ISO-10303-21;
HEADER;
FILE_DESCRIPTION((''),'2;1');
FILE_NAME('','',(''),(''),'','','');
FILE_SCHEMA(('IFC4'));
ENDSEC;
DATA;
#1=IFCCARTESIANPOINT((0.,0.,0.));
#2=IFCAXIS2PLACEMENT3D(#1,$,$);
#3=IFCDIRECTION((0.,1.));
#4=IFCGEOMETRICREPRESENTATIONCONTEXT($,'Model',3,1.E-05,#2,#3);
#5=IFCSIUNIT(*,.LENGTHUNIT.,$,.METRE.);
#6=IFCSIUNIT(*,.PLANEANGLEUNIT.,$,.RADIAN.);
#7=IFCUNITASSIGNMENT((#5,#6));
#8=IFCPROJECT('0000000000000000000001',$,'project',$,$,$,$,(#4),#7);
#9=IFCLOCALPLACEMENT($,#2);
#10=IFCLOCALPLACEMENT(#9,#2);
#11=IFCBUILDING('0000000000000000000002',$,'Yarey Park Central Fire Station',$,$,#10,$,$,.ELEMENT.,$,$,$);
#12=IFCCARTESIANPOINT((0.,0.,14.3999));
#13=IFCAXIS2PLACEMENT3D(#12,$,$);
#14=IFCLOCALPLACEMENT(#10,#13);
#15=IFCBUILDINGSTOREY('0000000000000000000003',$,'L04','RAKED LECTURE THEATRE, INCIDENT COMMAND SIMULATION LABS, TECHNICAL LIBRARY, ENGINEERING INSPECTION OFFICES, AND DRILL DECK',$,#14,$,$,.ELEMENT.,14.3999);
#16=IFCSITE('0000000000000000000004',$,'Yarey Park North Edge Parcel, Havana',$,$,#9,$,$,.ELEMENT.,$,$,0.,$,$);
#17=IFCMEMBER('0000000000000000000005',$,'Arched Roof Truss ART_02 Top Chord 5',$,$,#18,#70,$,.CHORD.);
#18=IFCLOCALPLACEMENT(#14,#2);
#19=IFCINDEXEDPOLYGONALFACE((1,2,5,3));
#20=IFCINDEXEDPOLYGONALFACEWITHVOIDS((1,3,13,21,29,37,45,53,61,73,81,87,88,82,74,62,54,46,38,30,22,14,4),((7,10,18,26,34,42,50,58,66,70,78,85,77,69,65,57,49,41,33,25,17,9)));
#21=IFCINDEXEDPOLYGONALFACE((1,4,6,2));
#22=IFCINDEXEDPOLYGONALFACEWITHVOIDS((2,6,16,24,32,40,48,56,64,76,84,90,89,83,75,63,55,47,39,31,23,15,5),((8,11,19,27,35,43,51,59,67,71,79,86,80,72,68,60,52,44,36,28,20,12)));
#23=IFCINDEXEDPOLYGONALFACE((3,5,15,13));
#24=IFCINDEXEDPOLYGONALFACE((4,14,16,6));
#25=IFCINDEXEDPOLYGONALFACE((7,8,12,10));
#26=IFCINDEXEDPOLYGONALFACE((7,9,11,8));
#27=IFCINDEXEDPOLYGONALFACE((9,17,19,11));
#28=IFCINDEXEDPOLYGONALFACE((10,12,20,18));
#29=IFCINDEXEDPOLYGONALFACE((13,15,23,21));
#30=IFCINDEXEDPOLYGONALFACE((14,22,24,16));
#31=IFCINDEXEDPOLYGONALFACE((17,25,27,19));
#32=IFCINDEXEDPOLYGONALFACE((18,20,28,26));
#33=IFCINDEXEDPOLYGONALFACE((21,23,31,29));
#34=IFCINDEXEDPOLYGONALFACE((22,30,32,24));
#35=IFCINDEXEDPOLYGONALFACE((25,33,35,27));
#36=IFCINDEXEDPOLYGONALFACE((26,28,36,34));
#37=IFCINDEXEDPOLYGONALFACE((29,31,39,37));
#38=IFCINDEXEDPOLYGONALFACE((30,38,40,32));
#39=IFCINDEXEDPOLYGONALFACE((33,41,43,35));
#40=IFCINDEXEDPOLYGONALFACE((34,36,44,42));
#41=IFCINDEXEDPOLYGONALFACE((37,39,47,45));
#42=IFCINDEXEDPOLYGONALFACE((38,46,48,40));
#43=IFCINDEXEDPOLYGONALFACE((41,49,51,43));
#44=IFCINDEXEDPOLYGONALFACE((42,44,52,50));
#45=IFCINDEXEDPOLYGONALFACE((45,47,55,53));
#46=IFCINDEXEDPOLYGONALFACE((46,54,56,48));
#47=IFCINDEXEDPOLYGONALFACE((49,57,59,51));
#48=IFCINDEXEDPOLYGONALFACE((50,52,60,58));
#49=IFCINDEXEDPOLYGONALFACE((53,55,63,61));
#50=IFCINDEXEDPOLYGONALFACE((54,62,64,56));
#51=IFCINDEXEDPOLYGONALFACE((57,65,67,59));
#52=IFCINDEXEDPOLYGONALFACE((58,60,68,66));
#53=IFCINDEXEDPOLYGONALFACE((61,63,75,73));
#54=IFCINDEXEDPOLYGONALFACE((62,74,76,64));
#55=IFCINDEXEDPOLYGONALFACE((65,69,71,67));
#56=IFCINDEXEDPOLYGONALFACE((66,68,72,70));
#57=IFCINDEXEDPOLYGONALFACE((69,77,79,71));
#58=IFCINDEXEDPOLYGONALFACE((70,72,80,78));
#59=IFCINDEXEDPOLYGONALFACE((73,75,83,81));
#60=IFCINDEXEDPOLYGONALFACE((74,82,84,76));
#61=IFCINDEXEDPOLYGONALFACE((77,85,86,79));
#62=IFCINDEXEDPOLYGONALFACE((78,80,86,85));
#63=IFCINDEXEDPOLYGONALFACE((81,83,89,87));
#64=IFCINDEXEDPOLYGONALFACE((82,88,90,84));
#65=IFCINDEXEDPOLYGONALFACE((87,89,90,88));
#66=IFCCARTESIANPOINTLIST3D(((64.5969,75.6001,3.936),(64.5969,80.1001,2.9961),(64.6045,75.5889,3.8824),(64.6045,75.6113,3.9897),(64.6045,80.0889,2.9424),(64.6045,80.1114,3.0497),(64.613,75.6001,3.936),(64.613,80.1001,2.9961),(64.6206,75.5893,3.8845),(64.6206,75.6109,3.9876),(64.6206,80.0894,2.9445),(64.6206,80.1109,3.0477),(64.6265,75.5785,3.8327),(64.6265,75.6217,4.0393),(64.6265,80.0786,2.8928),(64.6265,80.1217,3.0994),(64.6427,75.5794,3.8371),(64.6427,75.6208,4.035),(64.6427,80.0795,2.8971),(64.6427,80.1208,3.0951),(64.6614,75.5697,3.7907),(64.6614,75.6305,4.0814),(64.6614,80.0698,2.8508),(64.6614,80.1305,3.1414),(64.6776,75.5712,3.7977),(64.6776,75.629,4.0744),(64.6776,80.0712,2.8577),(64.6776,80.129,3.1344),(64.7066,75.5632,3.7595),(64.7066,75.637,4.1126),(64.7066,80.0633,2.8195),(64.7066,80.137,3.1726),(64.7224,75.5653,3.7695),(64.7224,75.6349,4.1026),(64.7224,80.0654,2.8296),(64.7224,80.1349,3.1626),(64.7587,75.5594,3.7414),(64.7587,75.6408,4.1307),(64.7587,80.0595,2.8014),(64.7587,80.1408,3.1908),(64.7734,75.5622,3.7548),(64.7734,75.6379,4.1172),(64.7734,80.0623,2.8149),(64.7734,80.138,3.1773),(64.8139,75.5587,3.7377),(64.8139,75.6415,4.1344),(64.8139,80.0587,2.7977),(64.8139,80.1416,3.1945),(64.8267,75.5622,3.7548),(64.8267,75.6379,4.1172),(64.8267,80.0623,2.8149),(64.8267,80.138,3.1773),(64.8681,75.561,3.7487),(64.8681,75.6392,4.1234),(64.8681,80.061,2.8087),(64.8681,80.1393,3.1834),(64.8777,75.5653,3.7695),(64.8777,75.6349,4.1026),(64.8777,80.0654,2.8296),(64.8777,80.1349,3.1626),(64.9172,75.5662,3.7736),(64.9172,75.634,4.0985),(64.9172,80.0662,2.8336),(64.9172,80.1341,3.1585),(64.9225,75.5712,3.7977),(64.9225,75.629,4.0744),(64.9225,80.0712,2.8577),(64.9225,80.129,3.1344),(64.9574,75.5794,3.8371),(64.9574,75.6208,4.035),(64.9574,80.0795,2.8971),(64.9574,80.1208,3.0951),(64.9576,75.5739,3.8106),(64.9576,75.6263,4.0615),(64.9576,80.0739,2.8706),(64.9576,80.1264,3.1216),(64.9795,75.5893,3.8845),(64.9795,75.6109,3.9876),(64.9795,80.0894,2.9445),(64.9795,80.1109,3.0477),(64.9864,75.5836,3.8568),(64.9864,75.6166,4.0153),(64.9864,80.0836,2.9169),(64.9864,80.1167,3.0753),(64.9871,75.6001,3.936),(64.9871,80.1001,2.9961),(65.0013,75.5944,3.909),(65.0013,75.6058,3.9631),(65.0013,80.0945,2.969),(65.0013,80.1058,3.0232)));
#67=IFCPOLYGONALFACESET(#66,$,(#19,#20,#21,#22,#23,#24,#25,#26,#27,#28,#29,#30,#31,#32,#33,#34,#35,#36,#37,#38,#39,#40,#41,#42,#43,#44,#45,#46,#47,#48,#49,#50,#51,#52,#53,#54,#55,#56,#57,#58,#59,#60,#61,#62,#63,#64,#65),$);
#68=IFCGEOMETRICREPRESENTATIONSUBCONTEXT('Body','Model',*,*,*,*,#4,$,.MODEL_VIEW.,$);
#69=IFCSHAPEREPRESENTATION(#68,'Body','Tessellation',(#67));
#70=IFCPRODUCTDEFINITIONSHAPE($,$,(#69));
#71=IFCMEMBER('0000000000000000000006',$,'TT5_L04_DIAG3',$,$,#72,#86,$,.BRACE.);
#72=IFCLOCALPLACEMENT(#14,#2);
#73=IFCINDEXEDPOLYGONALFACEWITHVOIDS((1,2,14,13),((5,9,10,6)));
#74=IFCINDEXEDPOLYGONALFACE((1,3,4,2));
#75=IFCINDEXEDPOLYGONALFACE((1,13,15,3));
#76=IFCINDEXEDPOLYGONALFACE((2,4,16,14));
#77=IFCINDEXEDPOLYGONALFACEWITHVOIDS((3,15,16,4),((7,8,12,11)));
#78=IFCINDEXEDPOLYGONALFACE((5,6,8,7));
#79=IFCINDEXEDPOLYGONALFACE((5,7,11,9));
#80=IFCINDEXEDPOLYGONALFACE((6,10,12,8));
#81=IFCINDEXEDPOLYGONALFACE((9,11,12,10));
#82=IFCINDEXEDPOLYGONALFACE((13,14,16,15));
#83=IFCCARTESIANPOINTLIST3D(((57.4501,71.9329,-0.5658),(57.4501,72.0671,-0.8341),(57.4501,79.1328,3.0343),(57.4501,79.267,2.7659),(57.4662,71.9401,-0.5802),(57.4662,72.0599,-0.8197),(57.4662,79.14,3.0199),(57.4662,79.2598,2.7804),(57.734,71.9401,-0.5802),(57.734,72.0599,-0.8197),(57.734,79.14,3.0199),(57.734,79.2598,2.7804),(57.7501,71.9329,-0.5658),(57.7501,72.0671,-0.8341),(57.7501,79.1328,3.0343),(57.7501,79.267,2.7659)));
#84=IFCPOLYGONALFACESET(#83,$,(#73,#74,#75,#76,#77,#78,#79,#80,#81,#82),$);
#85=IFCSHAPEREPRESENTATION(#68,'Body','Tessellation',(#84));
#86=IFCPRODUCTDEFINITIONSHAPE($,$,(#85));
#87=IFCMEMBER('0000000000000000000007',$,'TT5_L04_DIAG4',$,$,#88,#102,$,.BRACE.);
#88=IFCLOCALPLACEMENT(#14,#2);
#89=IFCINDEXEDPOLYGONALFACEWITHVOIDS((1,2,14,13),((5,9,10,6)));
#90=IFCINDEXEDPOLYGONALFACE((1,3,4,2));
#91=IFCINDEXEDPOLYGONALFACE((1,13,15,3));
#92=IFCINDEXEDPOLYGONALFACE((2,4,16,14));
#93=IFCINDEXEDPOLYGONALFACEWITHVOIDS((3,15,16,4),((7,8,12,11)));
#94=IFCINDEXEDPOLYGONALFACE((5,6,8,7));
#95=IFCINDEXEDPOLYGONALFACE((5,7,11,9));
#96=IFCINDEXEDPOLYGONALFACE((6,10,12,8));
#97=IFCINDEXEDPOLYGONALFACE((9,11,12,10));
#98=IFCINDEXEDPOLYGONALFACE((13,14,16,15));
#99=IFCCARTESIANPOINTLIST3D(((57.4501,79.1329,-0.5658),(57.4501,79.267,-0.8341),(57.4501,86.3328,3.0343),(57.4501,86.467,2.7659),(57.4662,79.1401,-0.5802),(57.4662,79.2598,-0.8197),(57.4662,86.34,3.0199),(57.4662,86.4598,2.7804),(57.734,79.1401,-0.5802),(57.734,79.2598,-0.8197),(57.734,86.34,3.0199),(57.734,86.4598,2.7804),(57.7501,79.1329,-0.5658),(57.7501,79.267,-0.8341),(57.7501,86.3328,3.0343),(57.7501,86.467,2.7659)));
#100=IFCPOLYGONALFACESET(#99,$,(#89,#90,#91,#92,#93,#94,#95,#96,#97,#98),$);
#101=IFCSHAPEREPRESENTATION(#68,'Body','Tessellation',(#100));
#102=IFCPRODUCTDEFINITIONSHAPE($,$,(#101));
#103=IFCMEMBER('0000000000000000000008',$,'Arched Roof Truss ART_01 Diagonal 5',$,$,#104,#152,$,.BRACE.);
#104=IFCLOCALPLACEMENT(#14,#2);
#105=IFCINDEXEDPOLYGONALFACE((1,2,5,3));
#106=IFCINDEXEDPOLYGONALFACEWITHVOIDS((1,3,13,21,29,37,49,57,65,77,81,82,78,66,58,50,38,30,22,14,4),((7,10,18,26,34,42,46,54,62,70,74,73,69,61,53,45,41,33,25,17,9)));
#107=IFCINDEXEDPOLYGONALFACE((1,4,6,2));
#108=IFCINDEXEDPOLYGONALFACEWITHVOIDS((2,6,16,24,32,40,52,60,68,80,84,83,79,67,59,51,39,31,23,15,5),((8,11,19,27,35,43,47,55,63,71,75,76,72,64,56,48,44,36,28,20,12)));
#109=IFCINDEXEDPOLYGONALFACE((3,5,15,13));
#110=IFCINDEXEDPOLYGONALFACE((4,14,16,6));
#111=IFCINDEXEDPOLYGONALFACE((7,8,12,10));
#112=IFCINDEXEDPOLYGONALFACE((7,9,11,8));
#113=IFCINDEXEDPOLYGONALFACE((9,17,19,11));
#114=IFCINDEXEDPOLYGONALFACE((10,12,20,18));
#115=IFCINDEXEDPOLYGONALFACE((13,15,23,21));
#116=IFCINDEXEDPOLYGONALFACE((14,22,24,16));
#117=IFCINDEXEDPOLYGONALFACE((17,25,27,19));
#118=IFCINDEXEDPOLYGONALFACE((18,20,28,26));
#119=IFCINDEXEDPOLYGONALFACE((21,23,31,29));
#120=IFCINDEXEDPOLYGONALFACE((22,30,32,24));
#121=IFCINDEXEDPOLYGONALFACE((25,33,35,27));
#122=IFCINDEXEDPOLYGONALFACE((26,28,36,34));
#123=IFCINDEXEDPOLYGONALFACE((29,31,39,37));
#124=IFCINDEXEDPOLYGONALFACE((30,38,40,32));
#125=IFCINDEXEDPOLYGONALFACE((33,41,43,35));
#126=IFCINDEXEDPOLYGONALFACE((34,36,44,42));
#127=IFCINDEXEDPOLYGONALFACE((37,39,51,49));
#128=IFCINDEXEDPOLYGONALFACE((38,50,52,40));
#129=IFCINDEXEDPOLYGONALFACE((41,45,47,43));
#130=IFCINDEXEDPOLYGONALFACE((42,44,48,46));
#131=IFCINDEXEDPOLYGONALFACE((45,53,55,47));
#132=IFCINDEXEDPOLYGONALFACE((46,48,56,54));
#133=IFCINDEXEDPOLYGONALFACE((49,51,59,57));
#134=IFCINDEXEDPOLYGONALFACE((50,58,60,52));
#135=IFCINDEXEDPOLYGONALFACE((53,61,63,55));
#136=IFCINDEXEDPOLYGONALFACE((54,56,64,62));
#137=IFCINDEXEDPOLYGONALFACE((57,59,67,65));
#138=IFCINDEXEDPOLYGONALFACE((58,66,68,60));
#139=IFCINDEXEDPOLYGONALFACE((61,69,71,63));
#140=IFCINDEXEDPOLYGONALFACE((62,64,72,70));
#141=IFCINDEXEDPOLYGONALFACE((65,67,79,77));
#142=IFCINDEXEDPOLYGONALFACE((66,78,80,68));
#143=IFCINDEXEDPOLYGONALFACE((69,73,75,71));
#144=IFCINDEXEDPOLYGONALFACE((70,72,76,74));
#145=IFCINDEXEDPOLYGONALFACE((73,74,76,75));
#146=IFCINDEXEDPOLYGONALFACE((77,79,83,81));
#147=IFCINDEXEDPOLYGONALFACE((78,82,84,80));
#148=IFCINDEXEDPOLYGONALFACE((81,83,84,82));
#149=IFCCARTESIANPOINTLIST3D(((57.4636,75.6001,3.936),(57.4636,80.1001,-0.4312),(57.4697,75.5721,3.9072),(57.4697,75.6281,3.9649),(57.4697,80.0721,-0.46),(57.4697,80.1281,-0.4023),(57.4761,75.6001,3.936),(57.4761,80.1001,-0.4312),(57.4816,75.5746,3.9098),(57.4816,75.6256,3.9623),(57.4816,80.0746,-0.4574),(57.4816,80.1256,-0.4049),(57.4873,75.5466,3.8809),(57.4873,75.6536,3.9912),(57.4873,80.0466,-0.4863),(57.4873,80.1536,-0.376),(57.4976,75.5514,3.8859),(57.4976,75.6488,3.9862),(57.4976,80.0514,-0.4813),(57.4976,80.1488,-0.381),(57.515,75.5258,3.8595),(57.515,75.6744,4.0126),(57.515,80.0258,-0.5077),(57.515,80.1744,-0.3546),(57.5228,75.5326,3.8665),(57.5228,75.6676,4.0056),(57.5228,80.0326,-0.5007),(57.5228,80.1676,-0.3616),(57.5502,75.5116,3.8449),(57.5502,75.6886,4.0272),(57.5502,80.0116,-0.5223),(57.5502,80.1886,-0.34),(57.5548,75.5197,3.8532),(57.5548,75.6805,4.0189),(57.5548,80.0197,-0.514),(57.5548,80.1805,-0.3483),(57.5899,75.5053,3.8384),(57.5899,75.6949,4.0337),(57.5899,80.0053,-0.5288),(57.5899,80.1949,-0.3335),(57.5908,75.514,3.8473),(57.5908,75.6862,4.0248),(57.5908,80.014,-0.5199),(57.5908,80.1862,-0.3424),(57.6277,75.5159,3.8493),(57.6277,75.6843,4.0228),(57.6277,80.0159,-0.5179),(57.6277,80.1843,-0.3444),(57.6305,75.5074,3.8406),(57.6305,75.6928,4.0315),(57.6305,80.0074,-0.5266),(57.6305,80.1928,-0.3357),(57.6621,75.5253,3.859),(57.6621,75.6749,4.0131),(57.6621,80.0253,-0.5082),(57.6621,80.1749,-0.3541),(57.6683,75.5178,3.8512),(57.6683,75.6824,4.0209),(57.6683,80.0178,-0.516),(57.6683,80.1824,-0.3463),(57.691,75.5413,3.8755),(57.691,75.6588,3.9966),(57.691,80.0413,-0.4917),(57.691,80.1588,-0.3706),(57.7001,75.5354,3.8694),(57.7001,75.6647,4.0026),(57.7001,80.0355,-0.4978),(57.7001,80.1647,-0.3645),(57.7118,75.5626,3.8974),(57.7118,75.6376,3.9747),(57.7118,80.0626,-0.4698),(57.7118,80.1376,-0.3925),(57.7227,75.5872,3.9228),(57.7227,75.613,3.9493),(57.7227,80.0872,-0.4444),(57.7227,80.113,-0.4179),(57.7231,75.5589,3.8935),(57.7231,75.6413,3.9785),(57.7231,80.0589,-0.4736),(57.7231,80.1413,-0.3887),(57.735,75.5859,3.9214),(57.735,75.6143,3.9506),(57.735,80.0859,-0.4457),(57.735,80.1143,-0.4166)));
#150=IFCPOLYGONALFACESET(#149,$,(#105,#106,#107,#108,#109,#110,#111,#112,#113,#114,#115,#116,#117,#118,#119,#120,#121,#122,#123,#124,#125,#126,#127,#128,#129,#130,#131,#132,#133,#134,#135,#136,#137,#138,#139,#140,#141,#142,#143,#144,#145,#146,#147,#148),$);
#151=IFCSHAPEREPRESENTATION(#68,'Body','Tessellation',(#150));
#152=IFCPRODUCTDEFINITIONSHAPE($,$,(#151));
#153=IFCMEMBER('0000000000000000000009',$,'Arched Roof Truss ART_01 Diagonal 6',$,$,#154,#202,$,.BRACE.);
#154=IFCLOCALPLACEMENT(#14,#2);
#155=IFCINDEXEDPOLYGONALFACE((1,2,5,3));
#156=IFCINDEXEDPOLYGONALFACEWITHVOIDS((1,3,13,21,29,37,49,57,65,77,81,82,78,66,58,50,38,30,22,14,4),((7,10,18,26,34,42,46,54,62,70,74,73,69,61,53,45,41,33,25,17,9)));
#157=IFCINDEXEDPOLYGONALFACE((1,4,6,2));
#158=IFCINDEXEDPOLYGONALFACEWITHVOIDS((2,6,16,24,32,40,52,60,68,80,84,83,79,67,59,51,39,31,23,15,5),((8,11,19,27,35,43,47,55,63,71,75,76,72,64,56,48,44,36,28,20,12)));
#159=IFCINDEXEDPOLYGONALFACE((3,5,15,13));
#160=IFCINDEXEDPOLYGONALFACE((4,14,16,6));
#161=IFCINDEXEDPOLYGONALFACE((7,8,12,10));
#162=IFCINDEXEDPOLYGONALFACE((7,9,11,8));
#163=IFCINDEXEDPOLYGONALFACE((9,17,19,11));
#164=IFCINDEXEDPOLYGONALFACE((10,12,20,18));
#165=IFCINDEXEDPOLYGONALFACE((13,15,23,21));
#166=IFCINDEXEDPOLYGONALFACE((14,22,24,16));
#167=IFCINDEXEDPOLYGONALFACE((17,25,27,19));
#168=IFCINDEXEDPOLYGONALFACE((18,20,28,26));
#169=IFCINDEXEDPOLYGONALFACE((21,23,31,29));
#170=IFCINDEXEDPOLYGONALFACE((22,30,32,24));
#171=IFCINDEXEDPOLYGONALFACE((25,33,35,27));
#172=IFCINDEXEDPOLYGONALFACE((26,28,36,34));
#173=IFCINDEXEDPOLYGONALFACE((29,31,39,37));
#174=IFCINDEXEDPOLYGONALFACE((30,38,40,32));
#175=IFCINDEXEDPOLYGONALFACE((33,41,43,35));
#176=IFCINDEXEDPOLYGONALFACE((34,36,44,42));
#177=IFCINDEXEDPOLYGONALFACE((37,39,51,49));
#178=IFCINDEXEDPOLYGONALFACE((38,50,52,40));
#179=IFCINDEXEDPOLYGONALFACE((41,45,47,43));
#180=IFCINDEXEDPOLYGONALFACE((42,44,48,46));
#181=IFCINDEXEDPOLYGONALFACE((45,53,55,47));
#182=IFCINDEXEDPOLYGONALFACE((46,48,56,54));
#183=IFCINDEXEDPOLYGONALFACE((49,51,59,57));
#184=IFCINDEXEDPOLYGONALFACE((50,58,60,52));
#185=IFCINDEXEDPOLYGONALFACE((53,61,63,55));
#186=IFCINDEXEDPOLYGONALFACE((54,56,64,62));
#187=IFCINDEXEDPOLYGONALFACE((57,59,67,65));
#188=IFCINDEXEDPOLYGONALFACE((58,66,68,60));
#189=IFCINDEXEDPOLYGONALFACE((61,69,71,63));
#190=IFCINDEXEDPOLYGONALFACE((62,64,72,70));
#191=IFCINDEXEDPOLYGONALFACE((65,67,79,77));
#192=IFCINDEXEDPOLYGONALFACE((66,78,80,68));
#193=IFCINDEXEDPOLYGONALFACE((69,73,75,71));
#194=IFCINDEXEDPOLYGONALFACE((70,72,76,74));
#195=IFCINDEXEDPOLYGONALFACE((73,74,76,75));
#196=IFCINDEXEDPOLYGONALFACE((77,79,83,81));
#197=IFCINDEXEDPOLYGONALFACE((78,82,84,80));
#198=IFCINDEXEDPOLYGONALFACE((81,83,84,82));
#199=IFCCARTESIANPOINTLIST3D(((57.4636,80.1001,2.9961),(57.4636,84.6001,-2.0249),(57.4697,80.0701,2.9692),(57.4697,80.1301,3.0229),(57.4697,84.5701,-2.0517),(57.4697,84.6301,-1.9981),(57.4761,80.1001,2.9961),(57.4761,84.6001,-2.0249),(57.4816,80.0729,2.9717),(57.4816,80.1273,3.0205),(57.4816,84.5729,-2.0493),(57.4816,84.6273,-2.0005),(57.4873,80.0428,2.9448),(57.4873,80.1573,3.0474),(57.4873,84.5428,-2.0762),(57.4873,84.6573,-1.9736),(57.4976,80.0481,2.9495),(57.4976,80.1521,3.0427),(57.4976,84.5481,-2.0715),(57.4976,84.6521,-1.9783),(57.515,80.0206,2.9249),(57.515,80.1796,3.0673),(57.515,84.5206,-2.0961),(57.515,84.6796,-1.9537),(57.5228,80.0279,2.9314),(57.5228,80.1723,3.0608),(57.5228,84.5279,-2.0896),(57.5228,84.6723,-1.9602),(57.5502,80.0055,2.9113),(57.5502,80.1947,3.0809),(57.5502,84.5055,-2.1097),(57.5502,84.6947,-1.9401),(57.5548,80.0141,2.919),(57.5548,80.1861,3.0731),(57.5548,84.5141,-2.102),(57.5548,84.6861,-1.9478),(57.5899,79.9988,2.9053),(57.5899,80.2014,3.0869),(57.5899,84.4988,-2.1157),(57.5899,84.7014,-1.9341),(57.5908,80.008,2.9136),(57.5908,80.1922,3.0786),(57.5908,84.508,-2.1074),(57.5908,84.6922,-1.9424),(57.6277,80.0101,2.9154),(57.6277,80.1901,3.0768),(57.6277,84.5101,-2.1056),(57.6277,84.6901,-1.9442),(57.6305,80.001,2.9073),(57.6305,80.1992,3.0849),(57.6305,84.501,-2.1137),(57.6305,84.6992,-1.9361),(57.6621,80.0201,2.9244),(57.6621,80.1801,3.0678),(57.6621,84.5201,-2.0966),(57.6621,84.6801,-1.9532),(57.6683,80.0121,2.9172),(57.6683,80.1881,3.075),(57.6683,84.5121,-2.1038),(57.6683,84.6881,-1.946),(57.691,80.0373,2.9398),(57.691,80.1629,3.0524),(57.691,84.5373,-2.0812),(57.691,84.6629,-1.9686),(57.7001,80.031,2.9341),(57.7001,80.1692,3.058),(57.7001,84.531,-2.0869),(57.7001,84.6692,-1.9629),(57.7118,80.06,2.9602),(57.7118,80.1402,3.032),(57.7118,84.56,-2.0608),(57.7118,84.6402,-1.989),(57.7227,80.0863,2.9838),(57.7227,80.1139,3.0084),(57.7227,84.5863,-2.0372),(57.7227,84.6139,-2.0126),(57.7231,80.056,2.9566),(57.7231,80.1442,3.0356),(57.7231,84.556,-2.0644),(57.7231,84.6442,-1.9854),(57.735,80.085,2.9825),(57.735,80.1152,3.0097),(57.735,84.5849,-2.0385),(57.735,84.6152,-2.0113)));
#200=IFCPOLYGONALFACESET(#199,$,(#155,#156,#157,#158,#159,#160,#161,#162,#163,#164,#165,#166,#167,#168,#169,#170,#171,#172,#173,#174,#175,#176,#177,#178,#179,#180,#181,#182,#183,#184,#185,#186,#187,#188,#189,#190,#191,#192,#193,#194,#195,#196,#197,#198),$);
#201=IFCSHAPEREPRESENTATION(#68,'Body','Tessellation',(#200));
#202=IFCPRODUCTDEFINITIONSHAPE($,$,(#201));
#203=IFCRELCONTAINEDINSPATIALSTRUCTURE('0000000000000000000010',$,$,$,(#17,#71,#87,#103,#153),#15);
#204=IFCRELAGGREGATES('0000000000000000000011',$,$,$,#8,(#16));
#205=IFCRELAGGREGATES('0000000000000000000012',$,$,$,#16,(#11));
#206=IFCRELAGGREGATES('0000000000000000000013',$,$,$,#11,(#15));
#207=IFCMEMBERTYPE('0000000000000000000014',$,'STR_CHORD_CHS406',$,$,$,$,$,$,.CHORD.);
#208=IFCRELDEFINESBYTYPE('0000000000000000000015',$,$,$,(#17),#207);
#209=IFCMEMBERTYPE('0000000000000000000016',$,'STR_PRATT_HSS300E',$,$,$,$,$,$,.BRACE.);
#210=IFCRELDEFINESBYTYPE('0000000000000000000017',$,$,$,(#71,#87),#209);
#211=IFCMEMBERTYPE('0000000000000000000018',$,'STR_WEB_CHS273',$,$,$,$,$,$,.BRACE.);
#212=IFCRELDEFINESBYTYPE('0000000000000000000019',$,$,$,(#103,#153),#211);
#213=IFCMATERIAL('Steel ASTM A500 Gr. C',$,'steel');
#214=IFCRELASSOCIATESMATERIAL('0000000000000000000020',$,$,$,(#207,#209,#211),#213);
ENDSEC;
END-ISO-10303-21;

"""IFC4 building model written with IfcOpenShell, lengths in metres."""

from ifc_helpers import new_model, si_unit, direction, frame, origin, origin_2d, place, context, subcontext, project, spatial, hollow_rectangle, hollow_circle, extrude, material, material_profile, profile_set, type_object, element, save


model = new_model("IFC4")

# Units and contexts
model_context = context("Model", 3, precision=1e-05, world=origin(), true_north=direction((0.0, 1.0)))
body_context = subcontext(model_context, "Body", "Model", "MODEL_VIEW")
ifc_project = project(units=[si_unit("LENGTHUNIT", "METRE"), si_unit("PLANEANGLEUNIT", "RADIAN")], contexts=[model_context])

# Site, building, storey
site_placement = place(None, origin())
site = spatial("IfcSite", under=ifc_project, at=site_placement, Name="Yarey Park North Edge Parcel, Havana", CompositionType="ELEMENT", RefElevation=0.0)
building_placement = place(site_placement, origin())
building = spatial("IfcBuilding", under=site, at=building_placement, Name="Yarey Park Central Fire Station", CompositionType="ELEMENT")
storey_placement = place(building_placement, frame((0.0, 0.0, 14.3999)))
storey = spatial("IfcBuildingStorey", under=building, at=storey_placement, Name="L04", Description="RAKED LECTURE THEATRE, INCIDENT COMMAND SIMULATION LABS, TECHNICAL LIBRARY, ENGINEERING INSPECTION OFFICES, AND DRILL DECK", CompositionType="ELEMENT", Elevation=14.3999)

# Members
ifc_material_1 = material(Name="Steel ASTM A500 Gr. C", Category="steel")
ifc_material_profile_1 = material_profile(ifc_material_1, hollow_circle(Radius=0.2031, WallThickness=0.0161, at=origin_2d()), Name="CHS 406.4x16")
ifc_profile_set_1 = profile_set([ifc_material_profile_1], Name="Steel ASTM A500 Gr. C")
member_type_1 = type_object("IfcMemberType", Name="STR_CHORD_CHS406", PredefinedType="CHORD", material=ifc_profile_set_1)
member_1_placement = place(storey_placement, frame((64.8, 75.6001, 3.936), z_axis=(0.0, 0.978874, -0.204463), x_axis=(-1.0, 0.0, 0.0)))
element("IfcMember", 1, at=member_1_placement, inside=storey, type_object=member_type_1, Name="Arched Roof Truss ART_02 Top Chord 5", PredefinedType="CHORD", context=body_context, shape_type="SweptSolid", body=[
    extrude(hollow_circle(Radius=0.2031, WallThickness=0.0161, at=origin_2d()), origin(), (0.0, 0.0, 1.0), 4.5972),
])
ifc_material_profile_2 = material_profile(ifc_material_1, hollow_rectangle(XDim=0.3, YDim=0.3, WallThickness=0.0161, at=origin_2d()), Name="HSS 300x300x16")
ifc_profile_set_2 = profile_set([ifc_material_profile_2], Name="Steel ASTM A500 Gr. C")
member_type_2 = type_object("IfcMemberType", Name="STR_PRATT_HSS300E", PredefinedType="BRACE", material=ifc_profile_set_2)
for number, where, z_axis, x_axis, name in (
    (2, (57.6001, 72.0, -0.7), (0.0, 0.894421, 0.447226), (-1.0, 0.0, 0.0), "TT5_L04_DIAG3"),
    (3, (57.6001, 79.2, -0.7), (0.0, 0.894421, 0.447226), (-1.0, 0.0, 0.0), "TT5_L04_DIAG4"),
):
    element("IfcMember", number, at=place(storey_placement, frame(where, z_axis=z_axis, x_axis=x_axis)), inside=storey, type_object=member_type_2, Name=name, PredefinedType="BRACE", context=body_context, shape_type="SweptSolid", body=[
        extrude(hollow_rectangle(XDim=0.3, YDim=0.3, WallThickness=0.0161, at=origin_2d()), origin(), (0.0, 0.0, 1.0), 8.0498),
    ])
ifc_material_profile_3 = material_profile(ifc_material_1, hollow_circle(Radius=0.1365, WallThickness=0.0125, at=origin_2d()), Name="CHS 273x12.5")
ifc_profile_set_3 = profile_set([ifc_material_profile_3], Name="Steel ASTM A500 Gr. C")
member_type_3 = type_object("IfcMemberType", Name="STR_WEB_CHS273", PredefinedType="BRACE", material=ifc_profile_set_3)
member_2_placement = place(storey_placement, frame((57.6001, 75.6001, 3.936), z_axis=(0.0, 0.717617, -0.696438), x_axis=(-1.0, 0.0, 0.0)))
element("IfcMember", 4, at=member_2_placement, inside=storey, type_object=member_type_3, Name="Arched Roof Truss ART_01 Diagonal 5", PredefinedType="BRACE", context=body_context, shape_type="SweptSolid", body=[
    extrude(hollow_circle(Radius=0.1365, WallThickness=0.0125, at=origin_2d()), origin(), (0.0, 0.0, 1.0), 6.2708),
])
member_3_placement = place(storey_placement, frame((57.6001, 80.1001, 2.9961), z_axis=(0.0, 0.667415, -0.744686), x_axis=(-1.0, 0.0, 0.0)))
element("IfcMember", 5, at=member_3_placement, inside=storey, type_object=member_type_3, Name="Arched Roof Truss ART_01 Diagonal 6", PredefinedType="BRACE", context=body_context, shape_type="SweptSolid", body=[
    extrude(hollow_circle(Radius=0.1365, WallThickness=0.0125, at=origin_2d()), origin(), (0.0, 0.0, 1.0), 6.7424),
])

save(model, "model.ifc")
